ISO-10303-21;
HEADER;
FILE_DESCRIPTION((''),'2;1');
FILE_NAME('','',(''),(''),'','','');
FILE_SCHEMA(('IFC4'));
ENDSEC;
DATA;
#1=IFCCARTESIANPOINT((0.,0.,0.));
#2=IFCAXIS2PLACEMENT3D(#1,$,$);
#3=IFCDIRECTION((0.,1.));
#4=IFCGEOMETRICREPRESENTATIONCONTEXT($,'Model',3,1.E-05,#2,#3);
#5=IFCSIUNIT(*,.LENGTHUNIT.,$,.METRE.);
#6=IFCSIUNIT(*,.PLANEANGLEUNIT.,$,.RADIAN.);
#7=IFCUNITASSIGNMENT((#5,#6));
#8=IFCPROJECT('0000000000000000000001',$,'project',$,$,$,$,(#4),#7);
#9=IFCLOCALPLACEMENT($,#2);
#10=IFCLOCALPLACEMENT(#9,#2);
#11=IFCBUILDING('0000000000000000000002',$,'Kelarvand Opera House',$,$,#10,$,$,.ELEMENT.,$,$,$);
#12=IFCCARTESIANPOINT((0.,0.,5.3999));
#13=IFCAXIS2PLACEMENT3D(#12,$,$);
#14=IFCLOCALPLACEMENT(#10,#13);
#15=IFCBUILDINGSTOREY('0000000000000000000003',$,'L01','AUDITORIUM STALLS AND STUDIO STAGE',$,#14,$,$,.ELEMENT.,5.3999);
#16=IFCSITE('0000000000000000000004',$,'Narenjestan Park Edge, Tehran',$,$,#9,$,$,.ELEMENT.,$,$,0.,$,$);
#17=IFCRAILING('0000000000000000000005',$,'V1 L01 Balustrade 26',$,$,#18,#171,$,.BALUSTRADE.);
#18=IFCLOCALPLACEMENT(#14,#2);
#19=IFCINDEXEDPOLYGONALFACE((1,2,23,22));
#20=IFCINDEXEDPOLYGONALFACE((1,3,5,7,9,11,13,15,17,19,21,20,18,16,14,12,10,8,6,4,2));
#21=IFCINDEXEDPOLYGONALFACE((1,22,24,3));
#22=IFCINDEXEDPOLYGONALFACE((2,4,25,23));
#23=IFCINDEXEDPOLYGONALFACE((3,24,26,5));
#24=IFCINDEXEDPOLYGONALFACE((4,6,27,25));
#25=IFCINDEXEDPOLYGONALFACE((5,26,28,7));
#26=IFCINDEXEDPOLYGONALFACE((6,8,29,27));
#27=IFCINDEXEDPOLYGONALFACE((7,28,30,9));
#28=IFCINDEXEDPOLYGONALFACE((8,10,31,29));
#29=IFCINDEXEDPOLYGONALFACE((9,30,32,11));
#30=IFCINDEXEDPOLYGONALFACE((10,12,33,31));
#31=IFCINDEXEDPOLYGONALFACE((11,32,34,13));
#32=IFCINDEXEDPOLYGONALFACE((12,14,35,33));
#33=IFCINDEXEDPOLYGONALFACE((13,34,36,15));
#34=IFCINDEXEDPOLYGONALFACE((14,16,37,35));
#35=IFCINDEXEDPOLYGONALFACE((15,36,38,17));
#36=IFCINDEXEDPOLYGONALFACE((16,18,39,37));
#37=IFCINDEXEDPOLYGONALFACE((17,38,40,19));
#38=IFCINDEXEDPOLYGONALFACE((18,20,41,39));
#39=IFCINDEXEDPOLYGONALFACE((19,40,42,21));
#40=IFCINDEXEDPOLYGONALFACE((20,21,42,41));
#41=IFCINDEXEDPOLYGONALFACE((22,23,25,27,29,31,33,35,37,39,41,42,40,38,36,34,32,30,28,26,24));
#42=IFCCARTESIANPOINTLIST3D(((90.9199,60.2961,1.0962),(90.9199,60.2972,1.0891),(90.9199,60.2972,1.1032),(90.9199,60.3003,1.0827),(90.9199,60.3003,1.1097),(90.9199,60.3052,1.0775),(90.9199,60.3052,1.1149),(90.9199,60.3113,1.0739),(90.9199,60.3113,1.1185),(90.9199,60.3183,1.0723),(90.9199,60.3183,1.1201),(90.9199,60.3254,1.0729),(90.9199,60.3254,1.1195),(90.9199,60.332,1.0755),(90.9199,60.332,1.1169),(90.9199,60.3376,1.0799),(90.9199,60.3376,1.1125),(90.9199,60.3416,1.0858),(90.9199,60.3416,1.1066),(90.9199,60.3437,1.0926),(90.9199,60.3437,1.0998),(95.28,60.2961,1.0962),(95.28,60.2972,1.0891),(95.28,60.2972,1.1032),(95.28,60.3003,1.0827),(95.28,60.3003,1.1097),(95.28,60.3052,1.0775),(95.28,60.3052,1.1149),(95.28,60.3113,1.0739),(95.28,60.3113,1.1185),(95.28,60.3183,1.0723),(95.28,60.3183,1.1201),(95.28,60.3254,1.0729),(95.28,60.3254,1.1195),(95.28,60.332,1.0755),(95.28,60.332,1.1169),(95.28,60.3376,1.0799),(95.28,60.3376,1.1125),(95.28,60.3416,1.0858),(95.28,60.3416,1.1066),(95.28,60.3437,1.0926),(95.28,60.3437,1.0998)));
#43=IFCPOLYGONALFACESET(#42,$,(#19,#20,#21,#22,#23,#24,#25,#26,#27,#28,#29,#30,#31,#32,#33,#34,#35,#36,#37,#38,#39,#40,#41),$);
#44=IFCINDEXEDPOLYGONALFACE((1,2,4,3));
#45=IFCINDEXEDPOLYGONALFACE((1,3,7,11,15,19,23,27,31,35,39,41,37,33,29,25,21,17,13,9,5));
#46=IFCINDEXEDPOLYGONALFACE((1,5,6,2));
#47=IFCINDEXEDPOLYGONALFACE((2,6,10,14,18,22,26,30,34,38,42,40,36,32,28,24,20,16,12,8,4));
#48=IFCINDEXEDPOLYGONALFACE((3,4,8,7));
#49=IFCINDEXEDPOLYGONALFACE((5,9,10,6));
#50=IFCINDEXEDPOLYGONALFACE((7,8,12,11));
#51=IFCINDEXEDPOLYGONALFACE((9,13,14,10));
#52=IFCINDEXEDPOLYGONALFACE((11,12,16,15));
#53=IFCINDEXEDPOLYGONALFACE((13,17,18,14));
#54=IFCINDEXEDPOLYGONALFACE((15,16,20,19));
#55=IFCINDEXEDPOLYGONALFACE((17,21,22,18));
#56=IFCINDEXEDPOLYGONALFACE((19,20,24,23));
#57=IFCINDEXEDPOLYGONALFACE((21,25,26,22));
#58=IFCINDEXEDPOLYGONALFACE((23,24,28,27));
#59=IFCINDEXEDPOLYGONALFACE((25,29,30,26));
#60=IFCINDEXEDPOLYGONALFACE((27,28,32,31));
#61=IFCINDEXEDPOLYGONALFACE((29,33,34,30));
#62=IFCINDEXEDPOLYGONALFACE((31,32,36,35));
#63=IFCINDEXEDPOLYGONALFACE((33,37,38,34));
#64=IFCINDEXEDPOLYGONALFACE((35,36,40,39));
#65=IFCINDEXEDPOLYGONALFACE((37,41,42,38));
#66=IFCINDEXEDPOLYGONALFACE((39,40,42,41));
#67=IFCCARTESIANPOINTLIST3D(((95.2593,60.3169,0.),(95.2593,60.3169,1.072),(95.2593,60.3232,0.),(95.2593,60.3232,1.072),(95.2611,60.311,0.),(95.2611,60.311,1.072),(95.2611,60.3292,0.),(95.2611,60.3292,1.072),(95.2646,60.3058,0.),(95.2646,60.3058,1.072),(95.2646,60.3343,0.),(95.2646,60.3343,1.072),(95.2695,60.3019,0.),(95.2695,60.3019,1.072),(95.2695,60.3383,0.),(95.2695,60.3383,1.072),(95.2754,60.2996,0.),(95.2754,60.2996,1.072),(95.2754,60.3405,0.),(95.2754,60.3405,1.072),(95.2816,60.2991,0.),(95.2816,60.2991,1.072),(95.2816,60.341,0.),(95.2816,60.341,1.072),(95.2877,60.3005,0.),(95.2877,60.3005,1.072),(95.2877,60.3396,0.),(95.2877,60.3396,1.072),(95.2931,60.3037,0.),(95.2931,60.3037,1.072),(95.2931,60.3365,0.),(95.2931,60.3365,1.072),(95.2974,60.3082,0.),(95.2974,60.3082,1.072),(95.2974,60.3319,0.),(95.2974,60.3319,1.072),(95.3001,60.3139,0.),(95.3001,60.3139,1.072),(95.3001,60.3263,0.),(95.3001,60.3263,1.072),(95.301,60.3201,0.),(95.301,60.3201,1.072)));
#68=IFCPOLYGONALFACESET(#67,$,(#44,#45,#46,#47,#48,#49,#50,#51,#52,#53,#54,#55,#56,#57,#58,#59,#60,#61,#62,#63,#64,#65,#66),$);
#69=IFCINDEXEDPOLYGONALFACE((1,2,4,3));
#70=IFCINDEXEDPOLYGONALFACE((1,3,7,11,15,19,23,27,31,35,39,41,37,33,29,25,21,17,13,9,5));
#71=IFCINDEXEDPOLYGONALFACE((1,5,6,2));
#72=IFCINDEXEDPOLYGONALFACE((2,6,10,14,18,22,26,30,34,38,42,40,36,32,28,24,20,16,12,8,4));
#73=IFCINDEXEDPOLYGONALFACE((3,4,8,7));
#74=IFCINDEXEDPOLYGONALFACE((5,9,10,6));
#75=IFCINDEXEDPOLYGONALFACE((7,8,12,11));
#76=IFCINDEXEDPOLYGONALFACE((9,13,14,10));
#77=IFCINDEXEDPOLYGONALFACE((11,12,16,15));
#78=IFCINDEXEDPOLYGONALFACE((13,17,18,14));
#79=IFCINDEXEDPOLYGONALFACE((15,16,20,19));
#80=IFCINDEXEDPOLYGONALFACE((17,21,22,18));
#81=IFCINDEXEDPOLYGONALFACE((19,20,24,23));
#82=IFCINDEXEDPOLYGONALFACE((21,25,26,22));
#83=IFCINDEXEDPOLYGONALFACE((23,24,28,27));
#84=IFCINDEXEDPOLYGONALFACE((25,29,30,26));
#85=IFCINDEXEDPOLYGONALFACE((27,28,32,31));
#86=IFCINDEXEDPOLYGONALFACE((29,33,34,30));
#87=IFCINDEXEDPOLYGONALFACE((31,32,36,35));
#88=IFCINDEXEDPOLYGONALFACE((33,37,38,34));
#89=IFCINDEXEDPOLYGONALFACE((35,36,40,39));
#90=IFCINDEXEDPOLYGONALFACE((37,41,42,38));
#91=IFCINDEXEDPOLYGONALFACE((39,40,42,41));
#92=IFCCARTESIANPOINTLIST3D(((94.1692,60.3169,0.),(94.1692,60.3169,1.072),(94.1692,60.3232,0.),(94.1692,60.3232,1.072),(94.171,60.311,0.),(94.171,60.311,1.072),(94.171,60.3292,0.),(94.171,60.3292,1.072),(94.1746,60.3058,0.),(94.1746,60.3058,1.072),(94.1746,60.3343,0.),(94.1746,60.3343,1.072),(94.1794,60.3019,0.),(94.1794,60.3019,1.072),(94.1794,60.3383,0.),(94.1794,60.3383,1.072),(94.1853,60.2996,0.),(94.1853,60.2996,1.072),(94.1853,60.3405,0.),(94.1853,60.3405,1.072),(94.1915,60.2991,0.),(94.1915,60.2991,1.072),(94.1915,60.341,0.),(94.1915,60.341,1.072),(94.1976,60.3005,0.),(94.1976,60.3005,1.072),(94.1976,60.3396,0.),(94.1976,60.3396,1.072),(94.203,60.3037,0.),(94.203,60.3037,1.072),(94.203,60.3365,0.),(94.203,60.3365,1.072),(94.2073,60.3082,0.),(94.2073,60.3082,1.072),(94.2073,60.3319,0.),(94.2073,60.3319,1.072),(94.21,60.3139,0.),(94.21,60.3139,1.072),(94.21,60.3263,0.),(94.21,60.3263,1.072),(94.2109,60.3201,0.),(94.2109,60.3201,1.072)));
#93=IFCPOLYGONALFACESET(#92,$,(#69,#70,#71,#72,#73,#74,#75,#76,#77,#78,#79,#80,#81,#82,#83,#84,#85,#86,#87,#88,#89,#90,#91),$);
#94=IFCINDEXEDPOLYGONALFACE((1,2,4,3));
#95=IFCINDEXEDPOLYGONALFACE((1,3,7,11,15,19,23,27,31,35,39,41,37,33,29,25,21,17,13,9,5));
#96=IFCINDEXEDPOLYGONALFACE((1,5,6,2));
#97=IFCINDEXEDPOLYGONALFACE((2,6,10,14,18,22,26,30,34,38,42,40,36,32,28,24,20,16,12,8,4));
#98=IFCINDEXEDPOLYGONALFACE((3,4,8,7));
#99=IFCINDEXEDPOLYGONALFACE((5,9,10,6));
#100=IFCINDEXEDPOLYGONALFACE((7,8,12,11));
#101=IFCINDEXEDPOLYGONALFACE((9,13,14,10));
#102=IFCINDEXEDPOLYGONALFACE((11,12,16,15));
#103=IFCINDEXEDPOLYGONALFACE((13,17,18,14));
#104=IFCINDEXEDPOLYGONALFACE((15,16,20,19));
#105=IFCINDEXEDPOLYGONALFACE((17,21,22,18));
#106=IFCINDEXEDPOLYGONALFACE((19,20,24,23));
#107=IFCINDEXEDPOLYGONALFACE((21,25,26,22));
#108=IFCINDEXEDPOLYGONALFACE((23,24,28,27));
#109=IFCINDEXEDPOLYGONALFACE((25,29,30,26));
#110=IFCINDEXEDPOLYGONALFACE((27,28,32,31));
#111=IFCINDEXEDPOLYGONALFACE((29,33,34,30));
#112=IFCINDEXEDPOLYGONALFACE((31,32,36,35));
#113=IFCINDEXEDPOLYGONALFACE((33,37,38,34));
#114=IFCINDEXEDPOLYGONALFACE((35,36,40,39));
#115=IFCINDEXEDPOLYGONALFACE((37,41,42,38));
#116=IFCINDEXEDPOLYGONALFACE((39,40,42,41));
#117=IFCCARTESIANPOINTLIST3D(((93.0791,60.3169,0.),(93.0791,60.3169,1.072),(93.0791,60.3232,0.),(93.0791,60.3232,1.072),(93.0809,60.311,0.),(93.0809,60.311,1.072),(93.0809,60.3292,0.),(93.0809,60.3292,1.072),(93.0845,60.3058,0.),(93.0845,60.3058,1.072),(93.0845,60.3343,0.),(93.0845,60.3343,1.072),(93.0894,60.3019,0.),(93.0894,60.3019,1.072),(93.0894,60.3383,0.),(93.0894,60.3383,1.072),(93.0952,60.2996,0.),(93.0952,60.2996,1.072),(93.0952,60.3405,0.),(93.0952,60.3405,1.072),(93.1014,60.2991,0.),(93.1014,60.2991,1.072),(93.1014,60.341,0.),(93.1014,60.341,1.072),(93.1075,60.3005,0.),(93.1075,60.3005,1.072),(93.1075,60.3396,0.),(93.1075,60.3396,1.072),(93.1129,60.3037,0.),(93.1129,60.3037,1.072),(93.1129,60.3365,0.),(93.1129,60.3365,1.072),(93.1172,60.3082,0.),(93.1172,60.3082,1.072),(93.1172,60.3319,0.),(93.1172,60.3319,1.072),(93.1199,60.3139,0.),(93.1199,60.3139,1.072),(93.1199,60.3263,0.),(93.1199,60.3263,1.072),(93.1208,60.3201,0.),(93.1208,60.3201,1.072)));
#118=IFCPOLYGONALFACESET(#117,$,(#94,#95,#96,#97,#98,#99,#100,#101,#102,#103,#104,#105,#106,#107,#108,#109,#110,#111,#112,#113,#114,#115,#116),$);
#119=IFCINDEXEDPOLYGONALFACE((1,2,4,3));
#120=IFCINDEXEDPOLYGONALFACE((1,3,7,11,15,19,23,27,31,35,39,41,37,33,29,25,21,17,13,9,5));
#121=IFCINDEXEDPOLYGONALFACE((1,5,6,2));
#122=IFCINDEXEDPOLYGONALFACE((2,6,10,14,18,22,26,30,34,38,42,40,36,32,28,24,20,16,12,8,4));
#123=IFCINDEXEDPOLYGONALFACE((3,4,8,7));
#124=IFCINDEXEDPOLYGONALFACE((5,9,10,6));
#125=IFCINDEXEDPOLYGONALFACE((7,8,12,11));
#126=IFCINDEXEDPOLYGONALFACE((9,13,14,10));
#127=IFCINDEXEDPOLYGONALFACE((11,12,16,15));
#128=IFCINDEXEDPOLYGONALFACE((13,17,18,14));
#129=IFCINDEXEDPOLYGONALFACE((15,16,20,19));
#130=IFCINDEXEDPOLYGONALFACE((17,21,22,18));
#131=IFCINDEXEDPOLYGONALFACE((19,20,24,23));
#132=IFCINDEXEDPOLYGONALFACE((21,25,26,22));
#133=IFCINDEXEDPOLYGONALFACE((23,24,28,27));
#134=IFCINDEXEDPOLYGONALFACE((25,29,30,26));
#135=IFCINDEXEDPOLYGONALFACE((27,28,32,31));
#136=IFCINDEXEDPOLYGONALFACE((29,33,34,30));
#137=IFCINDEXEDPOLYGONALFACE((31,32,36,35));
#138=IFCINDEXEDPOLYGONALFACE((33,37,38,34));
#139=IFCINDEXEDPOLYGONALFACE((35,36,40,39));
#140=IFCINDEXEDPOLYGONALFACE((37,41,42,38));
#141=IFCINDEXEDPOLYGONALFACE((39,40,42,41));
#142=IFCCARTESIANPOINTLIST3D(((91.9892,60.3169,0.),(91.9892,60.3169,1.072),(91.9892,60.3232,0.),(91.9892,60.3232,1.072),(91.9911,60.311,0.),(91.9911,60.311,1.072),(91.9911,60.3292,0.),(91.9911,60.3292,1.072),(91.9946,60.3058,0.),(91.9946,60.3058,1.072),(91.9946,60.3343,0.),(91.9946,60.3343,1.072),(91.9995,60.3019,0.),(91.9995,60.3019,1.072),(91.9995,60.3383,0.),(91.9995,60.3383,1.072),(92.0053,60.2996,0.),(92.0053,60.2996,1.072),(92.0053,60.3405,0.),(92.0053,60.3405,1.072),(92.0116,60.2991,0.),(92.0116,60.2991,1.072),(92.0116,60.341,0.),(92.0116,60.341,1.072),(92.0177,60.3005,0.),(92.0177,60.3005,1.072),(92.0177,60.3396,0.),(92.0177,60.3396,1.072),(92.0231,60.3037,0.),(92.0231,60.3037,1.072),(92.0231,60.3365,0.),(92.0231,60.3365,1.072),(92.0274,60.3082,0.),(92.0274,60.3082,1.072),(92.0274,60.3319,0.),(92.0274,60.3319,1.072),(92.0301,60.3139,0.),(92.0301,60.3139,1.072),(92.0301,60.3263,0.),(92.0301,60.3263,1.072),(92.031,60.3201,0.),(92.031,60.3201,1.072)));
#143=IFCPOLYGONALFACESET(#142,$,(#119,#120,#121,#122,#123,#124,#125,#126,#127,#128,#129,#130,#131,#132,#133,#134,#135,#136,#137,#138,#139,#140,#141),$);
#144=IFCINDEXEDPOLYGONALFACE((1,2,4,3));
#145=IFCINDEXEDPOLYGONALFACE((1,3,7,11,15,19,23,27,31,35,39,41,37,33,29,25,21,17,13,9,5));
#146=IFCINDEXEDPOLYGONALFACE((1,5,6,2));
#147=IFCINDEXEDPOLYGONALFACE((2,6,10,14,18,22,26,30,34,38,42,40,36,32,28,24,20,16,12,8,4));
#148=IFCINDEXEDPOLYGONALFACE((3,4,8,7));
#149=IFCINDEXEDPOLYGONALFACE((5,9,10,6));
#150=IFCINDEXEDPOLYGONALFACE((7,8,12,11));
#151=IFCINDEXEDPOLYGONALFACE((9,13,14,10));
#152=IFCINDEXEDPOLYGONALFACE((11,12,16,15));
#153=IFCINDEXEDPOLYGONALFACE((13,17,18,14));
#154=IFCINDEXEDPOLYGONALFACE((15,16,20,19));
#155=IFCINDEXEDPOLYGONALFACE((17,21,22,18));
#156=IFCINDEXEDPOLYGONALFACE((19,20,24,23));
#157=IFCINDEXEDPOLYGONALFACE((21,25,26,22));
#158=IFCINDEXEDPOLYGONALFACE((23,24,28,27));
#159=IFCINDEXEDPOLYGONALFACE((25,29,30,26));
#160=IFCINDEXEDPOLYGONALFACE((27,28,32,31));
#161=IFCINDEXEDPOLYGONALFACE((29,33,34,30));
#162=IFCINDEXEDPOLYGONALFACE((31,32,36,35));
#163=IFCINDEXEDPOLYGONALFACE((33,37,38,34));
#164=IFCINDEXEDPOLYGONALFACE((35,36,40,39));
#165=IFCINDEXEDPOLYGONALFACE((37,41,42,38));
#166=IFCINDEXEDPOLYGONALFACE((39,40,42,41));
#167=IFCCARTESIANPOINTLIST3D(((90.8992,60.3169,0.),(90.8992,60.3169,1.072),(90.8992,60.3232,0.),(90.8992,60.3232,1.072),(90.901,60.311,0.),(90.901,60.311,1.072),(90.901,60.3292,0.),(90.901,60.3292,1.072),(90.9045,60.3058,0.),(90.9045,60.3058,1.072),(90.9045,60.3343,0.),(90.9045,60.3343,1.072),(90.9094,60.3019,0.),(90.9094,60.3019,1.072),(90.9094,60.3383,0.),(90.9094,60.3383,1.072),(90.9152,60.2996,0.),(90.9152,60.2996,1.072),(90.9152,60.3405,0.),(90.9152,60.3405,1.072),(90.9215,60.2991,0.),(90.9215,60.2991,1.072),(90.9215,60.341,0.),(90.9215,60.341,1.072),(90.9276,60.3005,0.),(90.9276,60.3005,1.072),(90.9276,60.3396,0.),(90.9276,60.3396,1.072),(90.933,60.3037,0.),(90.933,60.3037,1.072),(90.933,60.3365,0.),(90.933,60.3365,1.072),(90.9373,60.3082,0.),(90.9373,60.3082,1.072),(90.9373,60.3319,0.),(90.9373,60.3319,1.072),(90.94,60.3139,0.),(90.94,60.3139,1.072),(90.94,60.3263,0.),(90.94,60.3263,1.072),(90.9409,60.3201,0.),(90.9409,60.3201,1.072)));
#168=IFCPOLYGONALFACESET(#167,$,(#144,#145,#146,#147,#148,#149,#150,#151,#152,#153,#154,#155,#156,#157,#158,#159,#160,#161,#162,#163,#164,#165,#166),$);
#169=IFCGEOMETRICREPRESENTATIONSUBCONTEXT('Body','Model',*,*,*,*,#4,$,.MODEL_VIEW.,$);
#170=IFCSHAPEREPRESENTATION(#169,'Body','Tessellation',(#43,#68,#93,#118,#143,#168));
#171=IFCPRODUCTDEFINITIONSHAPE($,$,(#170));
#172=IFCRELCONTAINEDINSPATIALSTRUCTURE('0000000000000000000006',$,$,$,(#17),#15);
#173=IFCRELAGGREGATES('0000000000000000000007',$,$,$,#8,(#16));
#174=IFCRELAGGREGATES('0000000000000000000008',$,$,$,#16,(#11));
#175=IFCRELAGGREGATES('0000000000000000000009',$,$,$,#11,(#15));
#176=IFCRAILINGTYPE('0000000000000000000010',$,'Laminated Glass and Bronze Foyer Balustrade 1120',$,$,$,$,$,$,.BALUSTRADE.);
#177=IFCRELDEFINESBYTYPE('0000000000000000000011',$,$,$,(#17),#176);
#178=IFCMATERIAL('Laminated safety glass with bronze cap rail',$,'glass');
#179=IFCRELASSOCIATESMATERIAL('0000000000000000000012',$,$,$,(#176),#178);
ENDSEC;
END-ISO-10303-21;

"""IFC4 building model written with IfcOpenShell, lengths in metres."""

from ifc_helpers import new_model, si_unit, direction, frame, origin, origin_2d, place, context, subcontext, project, spatial, circle, extrude, material, type_object, element, save


model = new_model("IFC4")

# Units and contexts
model_context = context("Model", 3, precision=1e-05, world=origin(), true_north=direction((0.0, 1.0)))
body_context = subcontext(model_context, "Body", "Model", "MODEL_VIEW")
ifc_project = project(units=[si_unit("LENGTHUNIT", "METRE"), si_unit("PLANEANGLEUNIT", "RADIAN")], contexts=[model_context])

# Site, building, storey
site_placement = place(None, origin())
site = spatial("IfcSite", under=ifc_project, at=site_placement, Name="Narenjestan Park Edge, Tehran", CompositionType="ELEMENT", RefElevation=0.0)
building_placement = place(site_placement, origin())
building = spatial("IfcBuilding", under=site, at=building_placement, Name="Kelarvand Opera House", CompositionType="ELEMENT")
storey_placement = place(building_placement, frame((0.0, 0.0, 5.3999)))
storey = spatial("IfcBuildingStorey", under=building, at=storey_placement, Name="L01", Description="AUDITORIUM STALLS AND STUDIO STAGE", CompositionType="ELEMENT", Elevation=5.3999)

# Railing
ifc_material_1 = material(Name="Laminated safety glass with bronze cap rail", Category="glass")
railing_type_1 = type_object("IfcRailingType", Name="Laminated Glass and Bronze Foyer Balustrade 1120", PredefinedType="BALUSTRADE", material=ifc_material_1)
railing_1_placement = place(storey_placement, frame((95.28, 60.3201, 0.0)))
element("IfcRailing", 1, at=railing_1_placement, inside=storey, type_object=railing_type_1, Name="V1 L01 Balustrade 26", PredefinedType="BALUSTRADE", context=body_context, shape_type="SweptSolid", body=[
    extrude(circle(Radius=0.0239, at=origin_2d()), frame((0.0, 0.0, 1.0962), z_axis=(-1.0, 0.0, 0.0), x_axis=(0.0, -1.0, 0.0)), (0.0, 0.0, 1.0), 4.3601),
    extrude(circle(Radius=0.021, at=origin_2d()), origin(), (0.0, 0.0, 1.0), 1.072),
    extrude(circle(Radius=0.021, at=origin_2d()), frame((-1.0901, 0.0, 0.0)), (0.0, 0.0, 1.0), 1.072),
    extrude(circle(Radius=0.021, at=origin_2d()), frame((-2.1802, 0.0, 0.0)), (0.0, 0.0, 1.0), 1.072),
    extrude(circle(Radius=0.021, at=origin_2d()), frame((-3.27, 0.0, 0.0)), (0.0, 0.0, 1.0), 1.072),
    extrude(circle(Radius=0.021, at=origin_2d()), frame((-4.3601, 0.0, 0.0)), (0.0, 0.0, 1.0), 1.072),
])

save(model, "model.ifc")
